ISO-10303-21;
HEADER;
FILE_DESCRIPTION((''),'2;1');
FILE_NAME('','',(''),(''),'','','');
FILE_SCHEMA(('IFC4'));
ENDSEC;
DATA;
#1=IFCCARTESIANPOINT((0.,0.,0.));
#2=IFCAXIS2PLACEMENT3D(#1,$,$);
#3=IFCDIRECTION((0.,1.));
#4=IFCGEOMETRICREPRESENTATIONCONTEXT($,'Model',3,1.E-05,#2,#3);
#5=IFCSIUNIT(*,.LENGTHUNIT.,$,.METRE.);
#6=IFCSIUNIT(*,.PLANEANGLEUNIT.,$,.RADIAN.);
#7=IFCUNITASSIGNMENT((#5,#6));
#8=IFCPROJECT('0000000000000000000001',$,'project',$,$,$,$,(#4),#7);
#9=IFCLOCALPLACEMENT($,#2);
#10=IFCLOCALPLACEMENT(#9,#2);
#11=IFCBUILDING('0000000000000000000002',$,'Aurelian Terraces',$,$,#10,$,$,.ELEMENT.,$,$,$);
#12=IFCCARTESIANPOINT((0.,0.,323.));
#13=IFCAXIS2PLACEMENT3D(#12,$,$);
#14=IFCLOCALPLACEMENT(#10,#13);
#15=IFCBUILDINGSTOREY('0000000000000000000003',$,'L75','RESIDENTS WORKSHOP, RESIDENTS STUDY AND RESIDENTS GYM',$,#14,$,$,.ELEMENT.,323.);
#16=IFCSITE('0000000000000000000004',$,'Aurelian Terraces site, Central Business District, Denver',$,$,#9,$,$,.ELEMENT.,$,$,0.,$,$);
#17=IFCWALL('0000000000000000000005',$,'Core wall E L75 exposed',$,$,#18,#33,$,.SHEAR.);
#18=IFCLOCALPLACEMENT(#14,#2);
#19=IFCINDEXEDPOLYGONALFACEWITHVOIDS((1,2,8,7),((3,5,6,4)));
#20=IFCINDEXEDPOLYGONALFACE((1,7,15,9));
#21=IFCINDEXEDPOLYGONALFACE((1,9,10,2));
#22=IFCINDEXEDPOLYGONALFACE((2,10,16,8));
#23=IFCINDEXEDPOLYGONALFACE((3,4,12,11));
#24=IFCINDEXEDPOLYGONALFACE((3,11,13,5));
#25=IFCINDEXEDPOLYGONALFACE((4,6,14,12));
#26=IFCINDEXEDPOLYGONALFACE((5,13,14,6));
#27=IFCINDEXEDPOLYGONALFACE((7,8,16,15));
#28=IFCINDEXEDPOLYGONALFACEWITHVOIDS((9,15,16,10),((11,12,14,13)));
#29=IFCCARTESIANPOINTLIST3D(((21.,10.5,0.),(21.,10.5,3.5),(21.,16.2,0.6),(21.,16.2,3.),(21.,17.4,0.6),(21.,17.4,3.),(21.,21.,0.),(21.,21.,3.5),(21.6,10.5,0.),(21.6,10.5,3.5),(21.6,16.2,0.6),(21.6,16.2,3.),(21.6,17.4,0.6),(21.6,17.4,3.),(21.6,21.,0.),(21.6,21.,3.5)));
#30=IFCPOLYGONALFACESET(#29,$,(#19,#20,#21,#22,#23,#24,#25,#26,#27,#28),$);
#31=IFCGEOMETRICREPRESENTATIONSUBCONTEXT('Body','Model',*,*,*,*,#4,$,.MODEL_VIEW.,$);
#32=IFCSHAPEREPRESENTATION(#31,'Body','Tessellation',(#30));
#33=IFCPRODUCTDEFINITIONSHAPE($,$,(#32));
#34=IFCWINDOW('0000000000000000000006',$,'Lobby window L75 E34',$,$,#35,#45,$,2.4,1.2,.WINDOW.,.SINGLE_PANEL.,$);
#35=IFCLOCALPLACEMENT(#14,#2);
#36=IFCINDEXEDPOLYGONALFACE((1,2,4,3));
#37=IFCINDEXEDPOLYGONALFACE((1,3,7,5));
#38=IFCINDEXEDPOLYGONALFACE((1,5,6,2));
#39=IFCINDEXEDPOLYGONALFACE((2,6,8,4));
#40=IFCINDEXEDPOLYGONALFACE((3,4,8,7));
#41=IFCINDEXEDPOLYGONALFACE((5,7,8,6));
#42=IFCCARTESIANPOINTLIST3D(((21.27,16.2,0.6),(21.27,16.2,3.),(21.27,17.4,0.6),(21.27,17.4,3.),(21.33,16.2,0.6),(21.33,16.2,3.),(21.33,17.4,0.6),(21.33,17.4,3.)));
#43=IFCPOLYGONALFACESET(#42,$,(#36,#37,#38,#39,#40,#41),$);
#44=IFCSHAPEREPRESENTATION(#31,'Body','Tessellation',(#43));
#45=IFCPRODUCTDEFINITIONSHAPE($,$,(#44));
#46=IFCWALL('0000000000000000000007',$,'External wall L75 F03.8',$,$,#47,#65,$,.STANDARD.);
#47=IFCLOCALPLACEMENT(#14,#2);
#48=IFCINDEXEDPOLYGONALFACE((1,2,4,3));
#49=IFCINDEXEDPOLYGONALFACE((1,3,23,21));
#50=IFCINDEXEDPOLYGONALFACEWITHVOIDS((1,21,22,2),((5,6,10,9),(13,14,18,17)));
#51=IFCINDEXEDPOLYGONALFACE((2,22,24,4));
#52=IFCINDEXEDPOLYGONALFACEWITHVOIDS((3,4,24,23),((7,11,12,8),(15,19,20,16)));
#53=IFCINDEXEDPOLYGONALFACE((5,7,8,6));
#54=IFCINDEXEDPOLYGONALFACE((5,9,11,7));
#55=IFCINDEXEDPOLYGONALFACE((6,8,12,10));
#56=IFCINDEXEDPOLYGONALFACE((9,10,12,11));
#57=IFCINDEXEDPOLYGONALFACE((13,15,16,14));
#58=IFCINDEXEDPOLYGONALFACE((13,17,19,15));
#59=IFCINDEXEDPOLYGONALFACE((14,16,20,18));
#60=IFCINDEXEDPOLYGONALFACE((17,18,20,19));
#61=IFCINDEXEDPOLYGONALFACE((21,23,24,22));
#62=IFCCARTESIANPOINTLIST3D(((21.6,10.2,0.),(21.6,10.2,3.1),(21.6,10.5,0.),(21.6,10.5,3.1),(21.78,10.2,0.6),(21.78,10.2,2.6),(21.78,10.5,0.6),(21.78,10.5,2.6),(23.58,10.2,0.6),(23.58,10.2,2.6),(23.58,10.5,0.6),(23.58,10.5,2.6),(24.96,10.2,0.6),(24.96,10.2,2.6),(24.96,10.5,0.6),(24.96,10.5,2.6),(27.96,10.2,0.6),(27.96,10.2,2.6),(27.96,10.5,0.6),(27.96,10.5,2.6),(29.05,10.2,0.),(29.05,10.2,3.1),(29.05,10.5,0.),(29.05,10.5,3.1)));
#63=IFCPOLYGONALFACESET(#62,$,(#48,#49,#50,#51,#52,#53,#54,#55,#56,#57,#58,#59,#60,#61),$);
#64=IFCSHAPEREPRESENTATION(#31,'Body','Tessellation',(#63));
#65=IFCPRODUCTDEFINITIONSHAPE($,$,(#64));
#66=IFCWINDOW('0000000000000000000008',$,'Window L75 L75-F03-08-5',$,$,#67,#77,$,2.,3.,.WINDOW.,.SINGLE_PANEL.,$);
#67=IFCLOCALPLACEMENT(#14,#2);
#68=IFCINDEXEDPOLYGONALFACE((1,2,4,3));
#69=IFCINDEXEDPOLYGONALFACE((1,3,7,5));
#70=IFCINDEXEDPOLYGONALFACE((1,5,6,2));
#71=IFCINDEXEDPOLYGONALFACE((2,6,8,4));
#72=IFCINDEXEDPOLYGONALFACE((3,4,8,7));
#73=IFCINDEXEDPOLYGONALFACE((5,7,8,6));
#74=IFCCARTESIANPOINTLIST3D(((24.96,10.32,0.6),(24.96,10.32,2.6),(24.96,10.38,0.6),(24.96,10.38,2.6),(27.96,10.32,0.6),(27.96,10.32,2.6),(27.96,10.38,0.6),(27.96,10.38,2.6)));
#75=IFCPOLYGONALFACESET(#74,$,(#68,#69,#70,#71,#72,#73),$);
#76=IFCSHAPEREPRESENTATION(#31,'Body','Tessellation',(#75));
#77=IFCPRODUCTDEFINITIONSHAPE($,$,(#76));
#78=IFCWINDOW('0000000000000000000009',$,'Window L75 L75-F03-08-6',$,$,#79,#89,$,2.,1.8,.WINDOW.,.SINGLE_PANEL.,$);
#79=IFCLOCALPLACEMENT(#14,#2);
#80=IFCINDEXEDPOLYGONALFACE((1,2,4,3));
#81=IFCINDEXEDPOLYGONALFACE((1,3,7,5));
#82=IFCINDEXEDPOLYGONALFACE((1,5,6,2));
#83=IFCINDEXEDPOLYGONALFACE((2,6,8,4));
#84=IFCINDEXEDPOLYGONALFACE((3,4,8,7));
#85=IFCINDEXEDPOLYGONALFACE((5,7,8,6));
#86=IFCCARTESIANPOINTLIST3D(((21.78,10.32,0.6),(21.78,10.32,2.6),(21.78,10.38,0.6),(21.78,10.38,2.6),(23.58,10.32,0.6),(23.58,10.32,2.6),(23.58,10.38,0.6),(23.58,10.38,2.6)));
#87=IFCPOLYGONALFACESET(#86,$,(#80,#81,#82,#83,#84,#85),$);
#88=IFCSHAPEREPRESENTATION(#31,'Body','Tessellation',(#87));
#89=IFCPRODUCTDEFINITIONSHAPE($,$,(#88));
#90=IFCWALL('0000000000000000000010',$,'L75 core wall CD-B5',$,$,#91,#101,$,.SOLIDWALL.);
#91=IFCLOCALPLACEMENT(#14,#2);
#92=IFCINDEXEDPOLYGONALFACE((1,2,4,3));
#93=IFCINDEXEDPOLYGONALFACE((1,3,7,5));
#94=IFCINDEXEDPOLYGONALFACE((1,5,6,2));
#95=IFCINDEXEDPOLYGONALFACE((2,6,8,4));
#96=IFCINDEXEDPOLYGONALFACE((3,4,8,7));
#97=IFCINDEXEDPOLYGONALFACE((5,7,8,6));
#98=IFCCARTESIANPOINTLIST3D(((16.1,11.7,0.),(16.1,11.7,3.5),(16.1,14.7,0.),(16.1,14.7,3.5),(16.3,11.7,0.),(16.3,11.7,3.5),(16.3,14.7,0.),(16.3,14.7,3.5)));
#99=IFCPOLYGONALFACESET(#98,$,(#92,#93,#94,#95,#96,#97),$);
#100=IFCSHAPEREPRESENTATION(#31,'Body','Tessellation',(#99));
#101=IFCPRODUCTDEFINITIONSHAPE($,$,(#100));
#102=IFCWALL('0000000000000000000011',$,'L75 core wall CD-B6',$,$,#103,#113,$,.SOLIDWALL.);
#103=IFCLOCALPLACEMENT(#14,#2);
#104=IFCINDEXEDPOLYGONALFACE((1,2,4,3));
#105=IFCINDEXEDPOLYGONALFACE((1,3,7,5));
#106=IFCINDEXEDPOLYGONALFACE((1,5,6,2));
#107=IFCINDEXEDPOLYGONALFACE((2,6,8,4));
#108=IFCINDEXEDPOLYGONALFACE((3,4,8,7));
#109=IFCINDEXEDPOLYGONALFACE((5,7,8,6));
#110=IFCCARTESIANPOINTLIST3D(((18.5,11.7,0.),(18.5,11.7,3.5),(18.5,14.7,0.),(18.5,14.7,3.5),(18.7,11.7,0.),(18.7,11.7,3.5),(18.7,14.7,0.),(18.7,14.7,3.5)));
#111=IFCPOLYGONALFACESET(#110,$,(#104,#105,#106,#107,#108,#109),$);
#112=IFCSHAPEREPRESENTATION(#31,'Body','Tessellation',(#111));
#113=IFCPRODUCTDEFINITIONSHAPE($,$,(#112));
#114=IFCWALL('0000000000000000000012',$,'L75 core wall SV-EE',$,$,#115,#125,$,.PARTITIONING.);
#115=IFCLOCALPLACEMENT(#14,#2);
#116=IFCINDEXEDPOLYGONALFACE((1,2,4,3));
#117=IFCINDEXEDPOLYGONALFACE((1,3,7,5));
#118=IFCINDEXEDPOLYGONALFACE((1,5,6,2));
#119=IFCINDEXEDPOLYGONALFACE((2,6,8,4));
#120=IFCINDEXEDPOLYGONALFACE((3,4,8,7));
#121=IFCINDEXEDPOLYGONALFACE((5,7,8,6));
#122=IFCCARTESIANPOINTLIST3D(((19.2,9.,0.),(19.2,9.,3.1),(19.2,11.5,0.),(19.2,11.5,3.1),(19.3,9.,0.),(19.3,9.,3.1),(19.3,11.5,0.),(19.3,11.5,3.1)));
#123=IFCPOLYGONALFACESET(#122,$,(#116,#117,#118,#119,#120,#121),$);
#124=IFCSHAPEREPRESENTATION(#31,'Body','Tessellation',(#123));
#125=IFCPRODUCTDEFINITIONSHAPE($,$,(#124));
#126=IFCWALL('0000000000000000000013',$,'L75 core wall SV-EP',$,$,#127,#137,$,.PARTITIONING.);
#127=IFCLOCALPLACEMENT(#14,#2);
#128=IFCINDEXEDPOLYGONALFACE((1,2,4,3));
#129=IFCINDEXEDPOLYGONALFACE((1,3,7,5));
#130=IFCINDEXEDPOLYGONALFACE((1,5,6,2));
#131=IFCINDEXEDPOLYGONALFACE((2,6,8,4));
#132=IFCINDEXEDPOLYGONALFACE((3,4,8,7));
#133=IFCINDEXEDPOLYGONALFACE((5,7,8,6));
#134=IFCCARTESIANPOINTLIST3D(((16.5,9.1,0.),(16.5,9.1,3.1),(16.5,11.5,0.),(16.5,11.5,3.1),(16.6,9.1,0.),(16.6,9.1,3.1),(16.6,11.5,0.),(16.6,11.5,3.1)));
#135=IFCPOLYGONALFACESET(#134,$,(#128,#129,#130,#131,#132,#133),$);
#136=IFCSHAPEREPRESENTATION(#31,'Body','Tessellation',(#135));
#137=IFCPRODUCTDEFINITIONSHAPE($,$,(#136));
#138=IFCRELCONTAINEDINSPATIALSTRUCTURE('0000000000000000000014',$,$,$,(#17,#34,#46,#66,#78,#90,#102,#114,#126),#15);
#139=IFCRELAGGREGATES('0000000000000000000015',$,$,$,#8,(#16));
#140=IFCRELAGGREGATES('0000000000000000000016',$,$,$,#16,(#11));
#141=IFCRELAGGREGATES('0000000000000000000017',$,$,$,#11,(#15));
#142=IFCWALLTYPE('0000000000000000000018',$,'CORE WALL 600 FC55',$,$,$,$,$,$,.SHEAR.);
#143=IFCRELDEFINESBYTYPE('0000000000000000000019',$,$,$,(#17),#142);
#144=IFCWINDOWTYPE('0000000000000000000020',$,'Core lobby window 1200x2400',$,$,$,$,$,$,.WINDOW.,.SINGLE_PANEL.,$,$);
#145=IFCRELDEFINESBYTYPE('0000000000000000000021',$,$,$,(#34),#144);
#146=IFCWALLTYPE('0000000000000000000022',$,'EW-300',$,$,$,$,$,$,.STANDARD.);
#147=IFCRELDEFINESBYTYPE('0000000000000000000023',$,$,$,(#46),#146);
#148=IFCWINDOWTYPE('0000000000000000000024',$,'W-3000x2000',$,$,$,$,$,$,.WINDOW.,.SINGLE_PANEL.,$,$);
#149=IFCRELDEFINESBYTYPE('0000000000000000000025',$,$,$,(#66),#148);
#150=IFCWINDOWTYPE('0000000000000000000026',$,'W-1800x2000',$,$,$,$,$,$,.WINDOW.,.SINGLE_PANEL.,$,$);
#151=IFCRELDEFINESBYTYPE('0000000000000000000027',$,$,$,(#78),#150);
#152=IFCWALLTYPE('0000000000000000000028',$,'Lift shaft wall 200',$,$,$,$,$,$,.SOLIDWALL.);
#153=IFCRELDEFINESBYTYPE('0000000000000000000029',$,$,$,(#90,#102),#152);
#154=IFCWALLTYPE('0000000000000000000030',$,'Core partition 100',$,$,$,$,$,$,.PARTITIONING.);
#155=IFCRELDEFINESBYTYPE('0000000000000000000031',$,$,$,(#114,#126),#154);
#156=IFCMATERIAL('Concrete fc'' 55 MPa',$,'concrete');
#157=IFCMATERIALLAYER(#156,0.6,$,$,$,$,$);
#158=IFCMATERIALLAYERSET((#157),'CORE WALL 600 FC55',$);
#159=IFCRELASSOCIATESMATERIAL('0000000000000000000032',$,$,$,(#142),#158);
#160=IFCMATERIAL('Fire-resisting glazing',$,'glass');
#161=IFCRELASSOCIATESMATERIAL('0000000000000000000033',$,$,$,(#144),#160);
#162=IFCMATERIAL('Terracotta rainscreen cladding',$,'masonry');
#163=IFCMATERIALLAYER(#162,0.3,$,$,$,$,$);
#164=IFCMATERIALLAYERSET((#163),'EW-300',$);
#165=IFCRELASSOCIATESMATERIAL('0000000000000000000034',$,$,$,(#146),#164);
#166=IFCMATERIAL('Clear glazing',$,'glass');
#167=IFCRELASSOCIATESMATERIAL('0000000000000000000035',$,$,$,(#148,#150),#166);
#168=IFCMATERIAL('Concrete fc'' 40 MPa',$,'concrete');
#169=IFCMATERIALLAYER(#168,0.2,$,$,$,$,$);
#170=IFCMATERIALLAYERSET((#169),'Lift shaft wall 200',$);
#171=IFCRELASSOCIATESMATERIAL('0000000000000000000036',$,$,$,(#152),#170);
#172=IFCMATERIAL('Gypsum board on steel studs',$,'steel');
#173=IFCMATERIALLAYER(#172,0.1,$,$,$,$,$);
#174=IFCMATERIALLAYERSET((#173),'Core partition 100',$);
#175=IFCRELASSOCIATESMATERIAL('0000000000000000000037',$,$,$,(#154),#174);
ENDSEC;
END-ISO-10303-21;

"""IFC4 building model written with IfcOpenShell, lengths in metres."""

from ifc_helpers import new_model, si_unit, direction, frame, frame_2d, origin, place, context, subcontext, project, spatial, rectangle, extrude, source, transform, mapped, material, layer, layer_set, type_object, element, fill, save


model = new_model("IFC4")

# Units and contexts
model_context = context("Model", 3, precision=1e-05, world=origin(), true_north=direction((0.0, 1.0)))
body_context = subcontext(model_context, "Body", "Model", "MODEL_VIEW")
ifc_project = project(units=[si_unit("LENGTHUNIT", "METRE"), si_unit("PLANEANGLEUNIT", "RADIAN")], contexts=[model_context])

# Site, building, storey
site_placement = place(None, origin())
site = spatial("IfcSite", under=ifc_project, at=site_placement, Name="Aurelian Terraces site, Central Business District, Denver", CompositionType="ELEMENT", RefElevation=0.0)
building_placement = place(site_placement, origin())
building = spatial("IfcBuilding", under=site, at=building_placement, Name="Aurelian Terraces", CompositionType="ELEMENT")
storey_placement = place(building_placement, frame((0.0, 0.0, 323.0)))
storey = spatial("IfcBuildingStorey", under=building, at=storey_placement, Name="L75", Description="RESIDENTS WORKSHOP, RESIDENTS STUDY AND RESIDENTS GYM", CompositionType="ELEMENT", Elevation=323.0)

# Wall, opening, window
ifc_material_1 = material(Name="Concrete fc' 55 MPa", Category="concrete")
ifc_layer_1 = layer(ifc_material_1, 0.6)
ifc_layer_set_1 = layer_set([ifc_layer_1], Name="CORE WALL 600 FC55")
wall_type_1 = type_object("IfcWallType", Name="CORE WALL 600 FC55", PredefinedType="SHEAR", material=ifc_layer_set_1)
shared_shape_1 = source(origin(), body_context, "Body", "SweptSolid", [
    extrude(rectangle(XDim=10.5, YDim=0.6, at=frame_2d((5.25, 0.0))), origin(), (0.0, 0.0, 1.0), 3.5),
])
wall_1_placement = place(storey_placement, frame((21.3, 10.5, 0.0), z_axis=(0.0, 0.0, 1.0), x_axis=(0.0, 1.0, 0.0)))
wall_1 = element("IfcWall", 1, at=wall_1_placement, inside=storey, type_object=wall_type_1, Name="Core wall E L75 exposed", PredefinedType="SHEAR", context=body_context, shape_type="MappedRepresentation", body=[
    mapped(shared_shape_1, transform((0.0, 0.0, 0.0), scale=1.0)),
])
shared_shape_2 = source(origin(), body_context, "Body", "SweptSolid", [
    extrude(rectangle(XDim=1.2, YDim=2.4, at=frame_2d((0.6, 1.2))), frame((0.0, 0.31, 0.0), z_axis=(0.0, -1.0, 0.0), x_axis=(1.0, 0.0, 0.0)), (0.0, 0.0, 1.0), 0.62),
])
opening_1_placement = place(wall_1_placement, frame((5.7, 0.0, 0.6)))
opening_1 = element("IfcOpeningElement", 2, at=opening_1_placement, cuts=wall_1, PredefinedType="OPENING", context=body_context, shape_type="MappedRepresentation", body=[
    mapped(shared_shape_2, transform((0.0, 0.0, 0.0), scale=1.0)),
])
ifc_material_2 = material(Name="Fire-resisting glazing", Category="glass")
window_type_1 = type_object("IfcWindowType", Name="Core lobby window 1200x2400", PartitioningType="SINGLE_PANEL", PredefinedType="WINDOW", material=ifc_material_2)
shared_shape_3 = source(origin(), body_context, "Body", "SweptSolid", [
    extrude(rectangle(XDim=1.2, YDim=2.4, at=frame_2d((0.6, 1.2))), frame((0.0, 0.03, 0.0), z_axis=(0.0, -1.0, 0.0), x_axis=(1.0, 0.0, 0.0)), (0.0, 0.0, 1.0), 0.06),
])
window_1_placement = place(opening_1_placement, origin())
window_1 = element("IfcWindow", 3, at=window_1_placement, inside=storey, type_object=window_type_1, Name="Lobby window L75 E34", OverallHeight=2.4, OverallWidth=1.2, PartitioningType="SINGLE_PANEL", PredefinedType="WINDOW", context=body_context, shape_type="MappedRepresentation", body=[
    mapped(shared_shape_3, transform((0.0, 0.0, 0.0), scale=1.0)),
])
fill(opening_1, window_1)

# Wall, openings, windows
ifc_material_3 = material(Name="Terracotta rainscreen cladding", Category="masonry")
ifc_layer_2 = layer(ifc_material_3, 0.3)
ifc_layer_set_2 = layer_set([ifc_layer_2], Name="EW-300")
wall_type_2 = type_object("IfcWallType", Name="EW-300", PredefinedType="STANDARD", material=ifc_layer_set_2)
shared_shape_4 = source(origin(), body_context, "Body", "SweptSolid", [
    extrude(rectangle(XDim=7.45, YDim=0.3, at=frame_2d((3.725, 0.0))), origin(), (0.0, 0.0, 1.0), 3.1),
])
wall_2_placement = place(storey_placement, frame((29.05, 10.35, 0.0), z_axis=(0.0, 0.0, 1.0), x_axis=(-1.0, 0.0, 0.0)))
wall_2 = element("IfcWall", 4, at=wall_2_placement, inside=storey, type_object=wall_type_2, Name="External wall L75 F03.8", PredefinedType="STANDARD", context=body_context, shape_type="MappedRepresentation", body=[
    mapped(shared_shape_4, transform((0.0, 0.0, 0.0), scale=1.0)),
])
shared_shape_5 = source(origin(), body_context, "Body", "SweptSolid", [
    extrude(rectangle(XDim=3.0, YDim=2.0, at=frame_2d((1.5, 1.0))), frame((0.0, 0.16, 0.0), z_axis=(0.0, -1.0, 0.0), x_axis=(1.0, 0.0, 0.0)), (0.0, 0.0, 1.0), 0.32),
])
opening_2_placement = place(wall_2_placement, frame((1.09, 0.0, 0.6)))
opening_2 = element("IfcOpeningElement", 5, at=opening_2_placement, cuts=wall_2, PredefinedType="OPENING", context=body_context, shape_type="MappedRepresentation", body=[
    mapped(shared_shape_5, transform((0.0, 0.0, 0.0), scale=1.0)),
])
shared_shape_6 = source(origin(), body_context, "Body", "SweptSolid", [
    extrude(rectangle(XDim=1.8, YDim=2.0, at=frame_2d((0.9, 1.0))), frame((0.0, 0.16, 0.0), z_axis=(0.0, -1.0, 0.0), x_axis=(1.0, 0.0, 0.0)), (0.0, 0.0, 1.0), 0.32),
])
opening_3_placement = place(wall_2_placement, frame((5.47, 0.0, 0.6)))
opening_3 = element("IfcOpeningElement", 6, at=opening_3_placement, cuts=wall_2, PredefinedType="OPENING", context=body_context, shape_type="MappedRepresentation", body=[
    mapped(shared_shape_6, transform((0.0, 0.0, 0.0), scale=1.0)),
])
ifc_material_4 = material(Name="Clear glazing", Category="glass")
window_type_2 = type_object("IfcWindowType", Name="W-3000x2000", PartitioningType="SINGLE_PANEL", PredefinedType="WINDOW", material=ifc_material_4)
shared_shape_7 = source(origin(), body_context, "Body", "SweptSolid", [
    extrude(rectangle(XDim=3.0, YDim=2.0, at=frame_2d((1.5, 1.0))), frame((0.0, 0.03, 0.0), z_axis=(0.0, -1.0, 0.0), x_axis=(1.0, 0.0, 0.0)), (0.0, 0.0, 1.0), 0.06),
])
window_2_placement = place(opening_2_placement, origin())
window_2 = element("IfcWindow", 7, at=window_2_placement, inside=storey, type_object=window_type_2, Name="Window L75 L75-F03-08-5", OverallHeight=2.0, OverallWidth=3.0, PartitioningType="SINGLE_PANEL", PredefinedType="WINDOW", context=body_context, shape_type="MappedRepresentation", body=[
    mapped(shared_shape_7, transform((0.0, 0.0, 0.0), scale=1.0)),
])
fill(opening_2, window_2)
window_type_3 = type_object("IfcWindowType", Name="W-1800x2000", PartitioningType="SINGLE_PANEL", PredefinedType="WINDOW", material=ifc_material_4)
shared_shape_8 = source(origin(), body_context, "Body", "SweptSolid", [
    extrude(rectangle(XDim=1.8, YDim=2.0, at=frame_2d((0.9, 1.0))), frame((0.0, 0.03, 0.0), z_axis=(0.0, -1.0, 0.0), x_axis=(1.0, 0.0, 0.0)), (0.0, 0.0, 1.0), 0.06),
])
window_3_placement = place(opening_3_placement, origin())
window_3 = element("IfcWindow", 8, at=window_3_placement, inside=storey, type_object=window_type_3, Name="Window L75 L75-F03-08-6", OverallHeight=2.0, OverallWidth=1.8, PartitioningType="SINGLE_PANEL", PredefinedType="WINDOW", context=body_context, shape_type="MappedRepresentation", body=[
    mapped(shared_shape_8, transform((0.0, 0.0, 0.0), scale=1.0)),
])
fill(opening_3, window_3)

# Walls
ifc_material_5 = material(Name="Concrete fc' 40 MPa", Category="concrete")
ifc_layer_3 = layer(ifc_material_5, 0.2)
ifc_layer_set_3 = layer_set([ifc_layer_3], Name="Lift shaft wall 200")
wall_type_3 = type_object("IfcWallType", Name="Lift shaft wall 200", PredefinedType="SOLIDWALL", material=ifc_layer_set_3)
shared_shape_9 = source(origin(), body_context, "Body", "SweptSolid", [
    extrude(rectangle(XDim=3.0, YDim=0.2, at=frame_2d((1.5, 0.0))), origin(), (0.0, 0.0, 1.0), 3.5),
])
for number, where, z_axis, x_axis, name in (
    (9, (16.2, 11.7, 0.0), (0.0, 0.0, 1.0), (0.0, 1.0, 0.0), "L75 core wall CD-B5"),
    (10, (18.6, 11.7, 0.0), (0.0, 0.0, 1.0), (0.0, 1.0, 0.0), "L75 core wall CD-B6"),
):
    element("IfcWall", number, at=place(storey_placement, frame(where, z_axis=z_axis, x_axis=x_axis)), inside=storey, type_object=wall_type_3, Name=name, PredefinedType="SOLIDWALL", context=body_context, shape_type="MappedRepresentation", body=[
        mapped(shared_shape_9, transform((0.0, 0.0, 0.0), scale=1.0)),
    ])
ifc_material_6 = material(Name="Gypsum board on steel studs", Category="steel")
ifc_layer_4 = layer(ifc_material_6, 0.1)
ifc_layer_set_4 = layer_set([ifc_layer_4], Name="Core partition 100")
wall_type_4 = type_object("IfcWallType", Name="Core partition 100", PredefinedType="PARTITIONING", material=ifc_layer_set_4)
shared_shape_10 = source(origin(), body_context, "Body", "SweptSolid", [
    extrude(rectangle(XDim=2.5, YDim=0.1, at=frame_2d((1.25, 0.0))), origin(), (0.0, 0.0, 1.0), 3.1),
])
wall_3_placement = place(storey_placement, frame((19.25, 9.0, 0.0), z_axis=(0.0, 0.0, 1.0), x_axis=(0.0, 1.0, 0.0)))
element("IfcWall", 11, at=wall_3_placement, inside=storey, type_object=wall_type_4, Name="L75 core wall SV-EE", PredefinedType="PARTITIONING", context=body_context, shape_type="MappedRepresentation", body=[
    mapped(shared_shape_10, transform((0.0, 0.0, 0.0), scale=1.0)),
])
shared_shape_11 = source(origin(), body_context, "Body", "SweptSolid", [
    extrude(rectangle(XDim=2.4, YDim=0.1, at=frame_2d((1.2, 0.0))), origin(), (0.0, 0.0, 1.0), 3.1),
])
wall_4_placement = place(storey_placement, frame((16.55, 9.1, 0.0), z_axis=(0.0, 0.0, 1.0), x_axis=(0.0, 1.0, 0.0)))
element("IfcWall", 12, at=wall_4_placement, inside=storey, type_object=wall_type_4, Name="L75 core wall SV-EP", PredefinedType="PARTITIONING", context=body_context, shape_type="MappedRepresentation", body=[
    mapped(shared_shape_11, transform((0.0, 0.0, 0.0), scale=1.0)),
])

save(model, "model.ifc")
